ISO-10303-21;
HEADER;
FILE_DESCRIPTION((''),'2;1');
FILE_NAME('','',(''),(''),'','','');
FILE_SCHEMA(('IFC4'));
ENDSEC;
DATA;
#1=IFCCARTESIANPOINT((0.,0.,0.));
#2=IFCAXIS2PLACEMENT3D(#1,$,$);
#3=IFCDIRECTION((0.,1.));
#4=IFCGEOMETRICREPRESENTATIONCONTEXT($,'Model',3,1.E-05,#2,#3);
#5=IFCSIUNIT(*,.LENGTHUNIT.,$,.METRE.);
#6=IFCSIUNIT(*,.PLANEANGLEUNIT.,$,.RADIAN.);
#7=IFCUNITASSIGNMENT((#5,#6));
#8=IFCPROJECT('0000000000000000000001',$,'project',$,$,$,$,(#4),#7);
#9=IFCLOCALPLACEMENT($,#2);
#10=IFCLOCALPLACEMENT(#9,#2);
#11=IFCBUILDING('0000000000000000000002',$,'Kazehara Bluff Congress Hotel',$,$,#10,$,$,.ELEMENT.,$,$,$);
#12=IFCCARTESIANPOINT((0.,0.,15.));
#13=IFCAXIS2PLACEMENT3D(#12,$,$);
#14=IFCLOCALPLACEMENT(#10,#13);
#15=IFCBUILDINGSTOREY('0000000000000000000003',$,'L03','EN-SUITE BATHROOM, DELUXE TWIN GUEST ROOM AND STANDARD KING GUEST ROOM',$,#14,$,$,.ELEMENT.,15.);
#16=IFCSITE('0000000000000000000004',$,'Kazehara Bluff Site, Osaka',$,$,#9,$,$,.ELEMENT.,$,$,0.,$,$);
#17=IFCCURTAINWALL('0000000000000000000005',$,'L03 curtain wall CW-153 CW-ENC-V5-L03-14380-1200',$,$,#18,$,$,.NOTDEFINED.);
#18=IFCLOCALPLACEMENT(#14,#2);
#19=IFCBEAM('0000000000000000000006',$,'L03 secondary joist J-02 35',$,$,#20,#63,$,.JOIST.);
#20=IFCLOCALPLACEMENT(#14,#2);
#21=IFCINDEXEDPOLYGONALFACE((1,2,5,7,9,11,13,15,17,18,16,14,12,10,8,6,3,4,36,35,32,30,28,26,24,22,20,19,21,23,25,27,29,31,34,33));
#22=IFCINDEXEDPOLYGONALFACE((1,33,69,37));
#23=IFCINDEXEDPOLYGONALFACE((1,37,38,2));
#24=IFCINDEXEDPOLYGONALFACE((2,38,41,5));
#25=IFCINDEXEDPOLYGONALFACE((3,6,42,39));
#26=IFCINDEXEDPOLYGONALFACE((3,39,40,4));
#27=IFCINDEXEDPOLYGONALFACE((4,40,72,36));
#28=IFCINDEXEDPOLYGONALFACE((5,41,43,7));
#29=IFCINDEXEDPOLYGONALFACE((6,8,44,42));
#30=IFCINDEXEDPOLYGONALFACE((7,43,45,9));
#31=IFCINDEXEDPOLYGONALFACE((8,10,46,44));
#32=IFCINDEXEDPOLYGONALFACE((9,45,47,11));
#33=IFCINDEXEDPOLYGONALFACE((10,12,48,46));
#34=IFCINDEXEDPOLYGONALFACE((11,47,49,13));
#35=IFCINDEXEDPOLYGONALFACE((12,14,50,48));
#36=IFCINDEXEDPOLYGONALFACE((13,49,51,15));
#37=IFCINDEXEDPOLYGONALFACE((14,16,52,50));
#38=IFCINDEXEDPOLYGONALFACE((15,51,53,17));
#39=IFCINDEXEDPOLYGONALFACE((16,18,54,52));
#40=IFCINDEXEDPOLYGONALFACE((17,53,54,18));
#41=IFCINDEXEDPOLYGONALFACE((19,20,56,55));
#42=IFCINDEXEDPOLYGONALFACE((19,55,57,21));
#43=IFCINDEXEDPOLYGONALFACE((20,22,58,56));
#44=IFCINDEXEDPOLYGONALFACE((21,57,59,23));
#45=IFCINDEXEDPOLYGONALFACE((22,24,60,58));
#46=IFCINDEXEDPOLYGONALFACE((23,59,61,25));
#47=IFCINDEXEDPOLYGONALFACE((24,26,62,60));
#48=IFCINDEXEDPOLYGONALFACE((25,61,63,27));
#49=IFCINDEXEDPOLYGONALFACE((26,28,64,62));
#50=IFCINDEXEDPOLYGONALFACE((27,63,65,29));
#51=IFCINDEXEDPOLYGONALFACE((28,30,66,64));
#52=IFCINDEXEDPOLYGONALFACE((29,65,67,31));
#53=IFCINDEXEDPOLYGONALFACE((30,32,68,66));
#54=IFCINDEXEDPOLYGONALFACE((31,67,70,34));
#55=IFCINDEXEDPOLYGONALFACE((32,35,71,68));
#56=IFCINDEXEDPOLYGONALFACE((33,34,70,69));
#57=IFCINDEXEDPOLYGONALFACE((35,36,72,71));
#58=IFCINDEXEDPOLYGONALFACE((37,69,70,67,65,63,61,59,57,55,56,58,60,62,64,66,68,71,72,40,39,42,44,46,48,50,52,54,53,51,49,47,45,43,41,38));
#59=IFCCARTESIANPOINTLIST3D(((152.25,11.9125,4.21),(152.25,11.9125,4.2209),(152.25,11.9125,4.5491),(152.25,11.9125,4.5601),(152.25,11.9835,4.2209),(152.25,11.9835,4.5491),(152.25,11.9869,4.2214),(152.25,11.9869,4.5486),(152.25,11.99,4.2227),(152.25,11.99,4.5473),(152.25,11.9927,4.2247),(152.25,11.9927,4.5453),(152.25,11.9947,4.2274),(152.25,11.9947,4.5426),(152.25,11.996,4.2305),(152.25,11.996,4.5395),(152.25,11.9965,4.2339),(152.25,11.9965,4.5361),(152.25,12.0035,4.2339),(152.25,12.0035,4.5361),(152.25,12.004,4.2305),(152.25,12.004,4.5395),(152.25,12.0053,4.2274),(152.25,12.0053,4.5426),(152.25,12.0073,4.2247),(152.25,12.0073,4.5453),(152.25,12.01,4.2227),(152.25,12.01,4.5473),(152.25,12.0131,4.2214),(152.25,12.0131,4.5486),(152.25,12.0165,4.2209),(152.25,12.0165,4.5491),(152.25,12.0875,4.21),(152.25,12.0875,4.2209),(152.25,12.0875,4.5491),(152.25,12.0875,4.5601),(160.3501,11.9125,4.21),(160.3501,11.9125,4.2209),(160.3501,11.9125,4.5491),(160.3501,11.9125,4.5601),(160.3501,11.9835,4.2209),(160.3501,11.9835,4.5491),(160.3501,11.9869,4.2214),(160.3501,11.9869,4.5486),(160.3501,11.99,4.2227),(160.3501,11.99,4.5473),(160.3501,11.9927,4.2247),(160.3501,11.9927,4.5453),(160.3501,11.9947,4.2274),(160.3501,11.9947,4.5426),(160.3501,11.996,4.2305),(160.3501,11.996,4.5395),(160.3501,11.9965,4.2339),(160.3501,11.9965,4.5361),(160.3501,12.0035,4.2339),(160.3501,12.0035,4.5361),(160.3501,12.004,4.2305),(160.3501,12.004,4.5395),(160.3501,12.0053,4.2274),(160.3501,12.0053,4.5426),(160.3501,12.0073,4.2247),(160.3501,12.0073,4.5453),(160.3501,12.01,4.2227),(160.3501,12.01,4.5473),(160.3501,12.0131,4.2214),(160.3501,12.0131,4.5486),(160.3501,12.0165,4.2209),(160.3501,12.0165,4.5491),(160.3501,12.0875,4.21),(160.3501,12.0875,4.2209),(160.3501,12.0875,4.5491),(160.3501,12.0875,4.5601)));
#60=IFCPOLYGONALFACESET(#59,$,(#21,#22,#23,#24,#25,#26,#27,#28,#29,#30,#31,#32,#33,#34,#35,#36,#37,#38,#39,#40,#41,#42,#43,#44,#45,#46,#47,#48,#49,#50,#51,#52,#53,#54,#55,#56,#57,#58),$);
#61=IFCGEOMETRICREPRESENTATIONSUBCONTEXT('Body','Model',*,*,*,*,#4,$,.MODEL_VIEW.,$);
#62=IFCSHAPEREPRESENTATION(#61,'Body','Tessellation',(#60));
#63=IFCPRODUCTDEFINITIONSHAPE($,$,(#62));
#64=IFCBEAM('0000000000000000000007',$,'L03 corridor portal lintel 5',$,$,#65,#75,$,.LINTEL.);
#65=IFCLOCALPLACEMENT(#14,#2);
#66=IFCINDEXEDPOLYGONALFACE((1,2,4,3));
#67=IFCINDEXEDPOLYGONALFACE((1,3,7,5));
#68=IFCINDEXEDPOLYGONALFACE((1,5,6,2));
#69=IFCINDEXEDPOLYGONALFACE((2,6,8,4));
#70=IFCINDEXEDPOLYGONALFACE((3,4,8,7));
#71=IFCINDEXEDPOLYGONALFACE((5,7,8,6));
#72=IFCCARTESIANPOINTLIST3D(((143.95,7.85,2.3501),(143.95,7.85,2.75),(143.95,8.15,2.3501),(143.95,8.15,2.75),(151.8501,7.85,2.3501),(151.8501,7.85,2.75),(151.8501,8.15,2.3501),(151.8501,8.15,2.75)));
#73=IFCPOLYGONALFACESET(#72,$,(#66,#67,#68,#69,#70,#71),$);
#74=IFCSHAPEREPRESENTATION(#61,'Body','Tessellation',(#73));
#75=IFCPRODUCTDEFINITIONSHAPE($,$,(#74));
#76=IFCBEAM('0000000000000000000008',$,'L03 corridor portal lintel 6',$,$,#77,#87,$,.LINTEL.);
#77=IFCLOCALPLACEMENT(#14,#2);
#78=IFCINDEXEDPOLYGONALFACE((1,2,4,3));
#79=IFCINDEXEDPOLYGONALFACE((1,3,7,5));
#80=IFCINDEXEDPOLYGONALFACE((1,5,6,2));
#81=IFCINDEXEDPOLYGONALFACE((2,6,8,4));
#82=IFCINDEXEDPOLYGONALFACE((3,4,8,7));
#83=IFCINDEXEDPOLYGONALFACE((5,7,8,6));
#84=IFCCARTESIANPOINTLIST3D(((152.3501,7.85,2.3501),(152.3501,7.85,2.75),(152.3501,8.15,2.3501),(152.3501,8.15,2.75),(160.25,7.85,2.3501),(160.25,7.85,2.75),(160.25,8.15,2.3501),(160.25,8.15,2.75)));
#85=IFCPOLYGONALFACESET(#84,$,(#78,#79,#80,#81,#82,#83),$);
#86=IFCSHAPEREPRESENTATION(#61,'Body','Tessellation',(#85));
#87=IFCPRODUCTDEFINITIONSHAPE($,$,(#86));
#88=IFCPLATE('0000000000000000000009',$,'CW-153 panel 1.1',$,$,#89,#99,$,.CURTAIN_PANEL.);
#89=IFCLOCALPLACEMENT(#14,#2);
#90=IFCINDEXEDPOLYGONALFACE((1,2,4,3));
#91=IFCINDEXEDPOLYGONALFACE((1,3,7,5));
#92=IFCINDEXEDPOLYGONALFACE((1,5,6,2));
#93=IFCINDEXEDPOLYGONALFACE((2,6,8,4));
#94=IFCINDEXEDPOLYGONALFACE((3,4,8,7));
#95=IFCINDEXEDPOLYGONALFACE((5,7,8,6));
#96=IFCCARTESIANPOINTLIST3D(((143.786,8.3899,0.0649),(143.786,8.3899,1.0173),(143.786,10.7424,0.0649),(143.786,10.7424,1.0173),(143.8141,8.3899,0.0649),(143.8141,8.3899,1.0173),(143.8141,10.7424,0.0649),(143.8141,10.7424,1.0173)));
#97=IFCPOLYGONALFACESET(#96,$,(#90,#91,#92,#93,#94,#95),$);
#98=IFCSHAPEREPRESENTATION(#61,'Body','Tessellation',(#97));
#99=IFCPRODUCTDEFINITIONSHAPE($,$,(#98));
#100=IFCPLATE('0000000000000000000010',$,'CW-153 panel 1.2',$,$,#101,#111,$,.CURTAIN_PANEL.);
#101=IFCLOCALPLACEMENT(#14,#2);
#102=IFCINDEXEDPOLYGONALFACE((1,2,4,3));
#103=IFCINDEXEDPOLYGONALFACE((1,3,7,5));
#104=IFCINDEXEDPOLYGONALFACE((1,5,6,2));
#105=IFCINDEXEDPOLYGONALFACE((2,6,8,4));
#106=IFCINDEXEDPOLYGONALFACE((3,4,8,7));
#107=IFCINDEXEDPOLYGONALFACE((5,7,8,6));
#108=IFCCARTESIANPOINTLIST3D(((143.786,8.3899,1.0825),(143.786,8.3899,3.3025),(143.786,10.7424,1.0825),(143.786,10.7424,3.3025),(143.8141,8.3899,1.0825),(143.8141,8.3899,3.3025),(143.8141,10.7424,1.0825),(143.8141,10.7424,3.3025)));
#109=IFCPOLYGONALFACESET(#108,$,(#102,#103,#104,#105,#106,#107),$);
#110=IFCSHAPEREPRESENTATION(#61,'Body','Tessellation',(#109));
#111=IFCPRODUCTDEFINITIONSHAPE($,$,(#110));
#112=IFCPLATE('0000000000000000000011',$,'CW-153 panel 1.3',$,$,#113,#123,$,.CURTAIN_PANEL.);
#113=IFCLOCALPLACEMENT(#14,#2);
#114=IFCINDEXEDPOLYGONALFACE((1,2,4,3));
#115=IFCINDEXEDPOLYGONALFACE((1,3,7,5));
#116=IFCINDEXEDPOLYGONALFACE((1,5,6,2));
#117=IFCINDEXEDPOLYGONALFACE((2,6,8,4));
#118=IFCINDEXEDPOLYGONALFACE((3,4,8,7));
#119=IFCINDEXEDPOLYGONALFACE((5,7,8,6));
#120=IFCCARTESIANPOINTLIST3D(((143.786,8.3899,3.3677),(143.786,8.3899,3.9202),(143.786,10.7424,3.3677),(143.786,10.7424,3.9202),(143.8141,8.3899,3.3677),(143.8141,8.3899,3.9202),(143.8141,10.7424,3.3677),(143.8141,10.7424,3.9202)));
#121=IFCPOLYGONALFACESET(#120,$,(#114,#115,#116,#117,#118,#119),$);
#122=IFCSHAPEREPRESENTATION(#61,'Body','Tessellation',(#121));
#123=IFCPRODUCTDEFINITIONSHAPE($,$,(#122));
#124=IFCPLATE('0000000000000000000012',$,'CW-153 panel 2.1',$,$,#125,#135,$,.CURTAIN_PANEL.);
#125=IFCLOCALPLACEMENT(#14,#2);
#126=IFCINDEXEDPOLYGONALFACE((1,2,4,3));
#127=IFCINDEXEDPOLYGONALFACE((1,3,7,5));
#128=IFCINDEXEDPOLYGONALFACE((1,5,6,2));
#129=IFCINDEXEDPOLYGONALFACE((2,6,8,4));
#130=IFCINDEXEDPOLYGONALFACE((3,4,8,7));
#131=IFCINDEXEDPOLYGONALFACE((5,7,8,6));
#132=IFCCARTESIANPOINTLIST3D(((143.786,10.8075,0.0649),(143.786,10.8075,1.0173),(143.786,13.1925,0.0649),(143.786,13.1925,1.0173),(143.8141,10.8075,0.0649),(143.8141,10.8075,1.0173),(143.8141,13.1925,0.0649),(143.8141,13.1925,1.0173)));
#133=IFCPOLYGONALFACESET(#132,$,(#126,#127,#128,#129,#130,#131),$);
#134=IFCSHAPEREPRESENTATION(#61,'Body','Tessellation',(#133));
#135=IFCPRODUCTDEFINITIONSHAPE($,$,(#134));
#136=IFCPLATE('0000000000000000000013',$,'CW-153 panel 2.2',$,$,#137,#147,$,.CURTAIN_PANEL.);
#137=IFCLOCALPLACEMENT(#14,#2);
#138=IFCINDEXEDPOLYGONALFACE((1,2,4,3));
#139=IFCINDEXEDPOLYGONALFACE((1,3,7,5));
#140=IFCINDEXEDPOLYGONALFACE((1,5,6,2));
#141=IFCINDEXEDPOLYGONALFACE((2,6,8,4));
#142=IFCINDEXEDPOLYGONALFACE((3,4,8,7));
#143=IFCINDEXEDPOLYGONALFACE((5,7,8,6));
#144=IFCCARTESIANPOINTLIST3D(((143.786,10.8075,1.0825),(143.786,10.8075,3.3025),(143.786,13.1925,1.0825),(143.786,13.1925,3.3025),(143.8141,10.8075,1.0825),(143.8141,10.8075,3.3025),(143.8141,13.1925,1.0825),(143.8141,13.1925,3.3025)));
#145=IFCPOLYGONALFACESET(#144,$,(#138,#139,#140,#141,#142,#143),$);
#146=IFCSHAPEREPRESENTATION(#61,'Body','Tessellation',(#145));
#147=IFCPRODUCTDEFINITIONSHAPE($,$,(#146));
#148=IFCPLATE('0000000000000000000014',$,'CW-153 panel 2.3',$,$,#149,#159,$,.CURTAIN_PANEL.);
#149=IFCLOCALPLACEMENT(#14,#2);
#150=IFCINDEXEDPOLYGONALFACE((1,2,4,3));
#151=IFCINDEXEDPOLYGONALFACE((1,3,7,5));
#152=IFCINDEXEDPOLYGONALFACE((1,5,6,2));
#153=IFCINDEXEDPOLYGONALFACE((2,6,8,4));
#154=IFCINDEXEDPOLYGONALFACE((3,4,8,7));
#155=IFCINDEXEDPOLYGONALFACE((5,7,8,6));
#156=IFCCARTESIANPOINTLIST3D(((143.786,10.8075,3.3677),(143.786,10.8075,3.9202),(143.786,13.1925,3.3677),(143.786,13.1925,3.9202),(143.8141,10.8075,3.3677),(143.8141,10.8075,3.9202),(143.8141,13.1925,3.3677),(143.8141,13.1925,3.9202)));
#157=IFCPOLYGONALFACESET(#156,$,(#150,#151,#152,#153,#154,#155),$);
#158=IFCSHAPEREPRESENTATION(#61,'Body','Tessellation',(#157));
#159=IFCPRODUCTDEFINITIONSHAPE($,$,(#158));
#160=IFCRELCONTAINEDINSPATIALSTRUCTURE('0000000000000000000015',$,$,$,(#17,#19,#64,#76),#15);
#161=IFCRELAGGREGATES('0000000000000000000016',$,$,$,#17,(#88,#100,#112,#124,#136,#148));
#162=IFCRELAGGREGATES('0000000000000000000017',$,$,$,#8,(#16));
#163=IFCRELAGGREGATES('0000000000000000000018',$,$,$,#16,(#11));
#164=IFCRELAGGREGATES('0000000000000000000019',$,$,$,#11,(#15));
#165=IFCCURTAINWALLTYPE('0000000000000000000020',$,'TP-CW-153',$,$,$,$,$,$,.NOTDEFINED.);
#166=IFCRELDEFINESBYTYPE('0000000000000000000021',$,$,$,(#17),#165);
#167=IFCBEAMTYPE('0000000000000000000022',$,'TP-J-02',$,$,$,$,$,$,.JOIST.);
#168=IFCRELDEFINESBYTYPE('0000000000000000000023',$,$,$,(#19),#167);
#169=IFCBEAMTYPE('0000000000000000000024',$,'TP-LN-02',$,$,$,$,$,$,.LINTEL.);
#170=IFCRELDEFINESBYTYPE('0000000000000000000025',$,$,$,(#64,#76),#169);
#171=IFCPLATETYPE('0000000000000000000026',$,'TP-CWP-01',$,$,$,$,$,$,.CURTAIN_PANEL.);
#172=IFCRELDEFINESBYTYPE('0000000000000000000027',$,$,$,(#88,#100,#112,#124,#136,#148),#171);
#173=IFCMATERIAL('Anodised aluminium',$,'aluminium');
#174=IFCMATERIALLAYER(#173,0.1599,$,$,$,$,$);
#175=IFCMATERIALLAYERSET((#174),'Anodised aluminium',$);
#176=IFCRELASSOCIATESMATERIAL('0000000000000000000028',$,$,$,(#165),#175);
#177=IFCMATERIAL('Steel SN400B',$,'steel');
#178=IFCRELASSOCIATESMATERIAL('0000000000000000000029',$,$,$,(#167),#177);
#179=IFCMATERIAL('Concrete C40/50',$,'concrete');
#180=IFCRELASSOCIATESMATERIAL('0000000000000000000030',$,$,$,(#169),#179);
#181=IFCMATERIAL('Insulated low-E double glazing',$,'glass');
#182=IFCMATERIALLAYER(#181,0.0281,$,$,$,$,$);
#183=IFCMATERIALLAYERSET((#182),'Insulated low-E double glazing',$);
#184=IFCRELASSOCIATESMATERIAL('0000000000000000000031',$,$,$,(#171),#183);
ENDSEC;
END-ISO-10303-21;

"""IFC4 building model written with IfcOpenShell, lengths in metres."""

from ifc_helpers import new_model, si_unit, direction, frame, origin, origin_2d, place, context, subcontext, project, spatial, rectangle, i_section, extrude, material, layer, layer_set, material_profile, profile_set, type_object, element, aggregate, save


model = new_model("IFC4")

# Units and contexts
model_context = context("Model", 3, precision=1e-05, world=origin(), true_north=direction((0.0, 1.0)))
body_context = subcontext(model_context, "Body", "Model", "MODEL_VIEW")
ifc_project = project(units=[si_unit("LENGTHUNIT", "METRE"), si_unit("PLANEANGLEUNIT", "RADIAN")], contexts=[model_context])

# Site, building, storey
site_placement = place(None, origin())
site = spatial("IfcSite", under=ifc_project, at=site_placement, Name="Kazehara Bluff Site, Osaka", CompositionType="ELEMENT", RefElevation=0.0)
building_placement = place(site_placement, origin())
building = spatial("IfcBuilding", under=site, at=building_placement, Name="Kazehara Bluff Congress Hotel", CompositionType="ELEMENT")
storey_placement = place(building_placement, frame((0.0, 0.0, 15.0)))
storey = spatial("IfcBuildingStorey", under=building, at=storey_placement, Name="L03", Description="EN-SUITE BATHROOM, DELUXE TWIN GUEST ROOM AND STANDARD KING GUEST ROOM", CompositionType="ELEMENT", Elevation=15.0)

# Curtain wall
ifc_material_1 = material(Name="Anodised aluminium", Category="aluminium")
ifc_layer_1 = layer(ifc_material_1, 0.1599)
ifc_layer_set_1 = layer_set([ifc_layer_1], Name="Anodised aluminium")
curtain_wall_type_1 = type_object("IfcCurtainWallType", Name="TP-CW-153", PredefinedType="NOTDEFINED", material=ifc_layer_set_1)
curtain_wall_1_placement = place(storey_placement, origin())
curtain_wall_1 = element("IfcCurtainWall", 1, at=curtain_wall_1_placement, inside=storey, type_object=curtain_wall_type_1, Name="L03 curtain wall CW-153 CW-ENC-V5-L03-14380-1200", PredefinedType="NOTDEFINED")

# Beams
ifc_material_2 = material(Name="Steel SN400B", Category="steel")
ifc_material_profile_1 = material_profile(ifc_material_2, i_section(OverallWidth=0.175, OverallDepth=0.3501, WebThickness=0.0071, FlangeThickness=0.011, FilletRadius=0.0129, at=origin_2d()))
ifc_profile_set_1 = profile_set([ifc_material_profile_1], Name="Steel SN400B")
beam_type_1 = type_object("IfcBeamType", Name="TP-J-02", PredefinedType="JOIST", material=ifc_profile_set_1)
beam_1_placement = place(storey_placement, frame((152.25, 12.0, 4.385), z_axis=(1.0, 0.0, 0.0), x_axis=(0.0, 1.0, 0.0)))
element("IfcBeam", 2, at=beam_1_placement, inside=storey, type_object=beam_type_1, Name="L03 secondary joist J-02 35", PredefinedType="JOIST", context=body_context, shape_type="SweptSolid", body=[
    extrude(i_section(OverallWidth=0.175, OverallDepth=0.3501, WebThickness=0.0071, FlangeThickness=0.011, FilletRadius=0.0129, at=origin_2d()), origin(), (0.0, 0.0, 1.0), 8.1001),
])
ifc_material_3 = material(Name="Concrete C40/50", Category="concrete")
ifc_material_profile_2 = material_profile(ifc_material_3, rectangle(XDim=0.3, YDim=0.3999, at=origin_2d()))
ifc_profile_set_2 = profile_set([ifc_material_profile_2], Name="Concrete C40/50")
beam_type_2 = type_object("IfcBeamType", Name="TP-LN-02", PredefinedType="LINTEL", material=ifc_profile_set_2)
beam_2_placement = place(storey_placement, frame((143.95, 8.0, 2.55), z_axis=(1.0, 0.0, 0.0), x_axis=(0.0, 1.0, 0.0)))
element("IfcBeam", 3, at=beam_2_placement, inside=storey, type_object=beam_type_2, Name="L03 corridor portal lintel 5", PredefinedType="LINTEL", context=body_context, shape_type="SweptSolid", body=[
    extrude(rectangle(XDim=0.3, YDim=0.3999, at=origin_2d()), origin(), (0.0, 0.0, 1.0), 7.9001),
])
beam_3_placement = place(storey_placement, frame((152.3501, 8.0, 2.55), z_axis=(1.0, 0.0, 0.0), x_axis=(0.0, 1.0, 0.0)))
element("IfcBeam", 4, at=beam_3_placement, inside=storey, type_object=beam_type_2, Name="L03 corridor portal lintel 6", PredefinedType="LINTEL", context=body_context, shape_type="SweptSolid", body=[
    extrude(rectangle(XDim=0.3, YDim=0.3999, at=origin_2d()), origin(), (0.0, 0.0, 1.0), 7.8999),
])

# Plates
ifc_material_4 = material(Name="Insulated low-E double glazing", Category="glass")
ifc_layer_2 = layer(ifc_material_4, 0.0281)
ifc_layer_set_2 = layer_set([ifc_layer_2], Name="Insulated low-E double glazing")
plate_type = type_object("IfcPlateType", Name="TP-CWP-01", PredefinedType="CURTAIN_PANEL", material=ifc_layer_set_2)
plate_1_placement = place(storey_placement, frame((143.8, 9.5662, 0.0649), z_axis=(0.0, 0.0, 1.0), x_axis=(0.0, 1.0, 0.0)))
plate_1 = element("IfcPlate", 5, at=plate_1_placement, type_object=plate_type, Name="CW-153 panel 1.1", PredefinedType="CURTAIN_PANEL", context=body_context, shape_type="SweptSolid", body=[
    extrude(rectangle(XDim=2.3525, YDim=0.0281, at=origin_2d()), origin(), (0.0, 0.0, 1.0), 0.9524),
])
plate_2_placement = place(storey_placement, frame((143.8, 9.5662, 1.0825), z_axis=(0.0, 0.0, 1.0), x_axis=(0.0, 1.0, 0.0)))
plate_2 = element("IfcPlate", 6, at=plate_2_placement, type_object=plate_type, Name="CW-153 panel 1.2", PredefinedType="CURTAIN_PANEL", context=body_context, shape_type="SweptSolid", body=[
    extrude(rectangle(XDim=2.3525, YDim=0.0281, at=origin_2d()), origin(), (0.0, 0.0, 1.0), 2.22),
])
plate_3_placement = place(storey_placement, frame((143.8, 9.5662, 3.3677), z_axis=(0.0, 0.0, 1.0), x_axis=(0.0, 1.0, 0.0)))
plate_3 = element("IfcPlate", 7, at=plate_3_placement, type_object=plate_type, Name="CW-153 panel 1.3", PredefinedType="CURTAIN_PANEL", context=body_context, shape_type="SweptSolid", body=[
    extrude(rectangle(XDim=2.3525, YDim=0.0281, at=origin_2d()), origin(), (0.0, 0.0, 1.0), 0.5525),
])
plate_4_placement = place(storey_placement, frame((143.8, 12.0, 0.0649), z_axis=(0.0, 0.0, 1.0), x_axis=(0.0, 1.0, 0.0)))
plate_4 = element("IfcPlate", 8, at=plate_4_placement, type_object=plate_type, Name="CW-153 panel 2.1", PredefinedType="CURTAIN_PANEL", context=body_context, shape_type="SweptSolid", body=[
    extrude(rectangle(XDim=2.385, YDim=0.0281, at=origin_2d()), origin(), (0.0, 0.0, 1.0), 0.9524),
])
plate_5_placement = place(storey_placement, frame((143.8, 12.0, 1.0825), z_axis=(0.0, 0.0, 1.0), x_axis=(0.0, 1.0, 0.0)))
plate_5 = element("IfcPlate", 9, at=plate_5_placement, type_object=plate_type, Name="CW-153 panel 2.2", PredefinedType="CURTAIN_PANEL", context=body_context, shape_type="SweptSolid", body=[
    extrude(rectangle(XDim=2.385, YDim=0.0281, at=origin_2d()), origin(), (0.0, 0.0, 1.0), 2.22),
])
plate_6_placement = place(storey_placement, frame((143.8, 12.0, 3.3677), z_axis=(0.0, 0.0, 1.0), x_axis=(0.0, 1.0, 0.0)))
plate_6 = element("IfcPlate", 10, at=plate_6_placement, type_object=plate_type, Name="CW-153 panel 2.3", PredefinedType="CURTAIN_PANEL", context=body_context, shape_type="SweptSolid", body=[
    extrude(rectangle(XDim=2.385, YDim=0.0281, at=origin_2d()), origin(), (0.0, 0.0, 1.0), 0.5525),
])
aggregate(curtain_wall_1, [plate_1, plate_2, plate_3, plate_4, plate_5, plate_6])

save(model, "model.ifc")
